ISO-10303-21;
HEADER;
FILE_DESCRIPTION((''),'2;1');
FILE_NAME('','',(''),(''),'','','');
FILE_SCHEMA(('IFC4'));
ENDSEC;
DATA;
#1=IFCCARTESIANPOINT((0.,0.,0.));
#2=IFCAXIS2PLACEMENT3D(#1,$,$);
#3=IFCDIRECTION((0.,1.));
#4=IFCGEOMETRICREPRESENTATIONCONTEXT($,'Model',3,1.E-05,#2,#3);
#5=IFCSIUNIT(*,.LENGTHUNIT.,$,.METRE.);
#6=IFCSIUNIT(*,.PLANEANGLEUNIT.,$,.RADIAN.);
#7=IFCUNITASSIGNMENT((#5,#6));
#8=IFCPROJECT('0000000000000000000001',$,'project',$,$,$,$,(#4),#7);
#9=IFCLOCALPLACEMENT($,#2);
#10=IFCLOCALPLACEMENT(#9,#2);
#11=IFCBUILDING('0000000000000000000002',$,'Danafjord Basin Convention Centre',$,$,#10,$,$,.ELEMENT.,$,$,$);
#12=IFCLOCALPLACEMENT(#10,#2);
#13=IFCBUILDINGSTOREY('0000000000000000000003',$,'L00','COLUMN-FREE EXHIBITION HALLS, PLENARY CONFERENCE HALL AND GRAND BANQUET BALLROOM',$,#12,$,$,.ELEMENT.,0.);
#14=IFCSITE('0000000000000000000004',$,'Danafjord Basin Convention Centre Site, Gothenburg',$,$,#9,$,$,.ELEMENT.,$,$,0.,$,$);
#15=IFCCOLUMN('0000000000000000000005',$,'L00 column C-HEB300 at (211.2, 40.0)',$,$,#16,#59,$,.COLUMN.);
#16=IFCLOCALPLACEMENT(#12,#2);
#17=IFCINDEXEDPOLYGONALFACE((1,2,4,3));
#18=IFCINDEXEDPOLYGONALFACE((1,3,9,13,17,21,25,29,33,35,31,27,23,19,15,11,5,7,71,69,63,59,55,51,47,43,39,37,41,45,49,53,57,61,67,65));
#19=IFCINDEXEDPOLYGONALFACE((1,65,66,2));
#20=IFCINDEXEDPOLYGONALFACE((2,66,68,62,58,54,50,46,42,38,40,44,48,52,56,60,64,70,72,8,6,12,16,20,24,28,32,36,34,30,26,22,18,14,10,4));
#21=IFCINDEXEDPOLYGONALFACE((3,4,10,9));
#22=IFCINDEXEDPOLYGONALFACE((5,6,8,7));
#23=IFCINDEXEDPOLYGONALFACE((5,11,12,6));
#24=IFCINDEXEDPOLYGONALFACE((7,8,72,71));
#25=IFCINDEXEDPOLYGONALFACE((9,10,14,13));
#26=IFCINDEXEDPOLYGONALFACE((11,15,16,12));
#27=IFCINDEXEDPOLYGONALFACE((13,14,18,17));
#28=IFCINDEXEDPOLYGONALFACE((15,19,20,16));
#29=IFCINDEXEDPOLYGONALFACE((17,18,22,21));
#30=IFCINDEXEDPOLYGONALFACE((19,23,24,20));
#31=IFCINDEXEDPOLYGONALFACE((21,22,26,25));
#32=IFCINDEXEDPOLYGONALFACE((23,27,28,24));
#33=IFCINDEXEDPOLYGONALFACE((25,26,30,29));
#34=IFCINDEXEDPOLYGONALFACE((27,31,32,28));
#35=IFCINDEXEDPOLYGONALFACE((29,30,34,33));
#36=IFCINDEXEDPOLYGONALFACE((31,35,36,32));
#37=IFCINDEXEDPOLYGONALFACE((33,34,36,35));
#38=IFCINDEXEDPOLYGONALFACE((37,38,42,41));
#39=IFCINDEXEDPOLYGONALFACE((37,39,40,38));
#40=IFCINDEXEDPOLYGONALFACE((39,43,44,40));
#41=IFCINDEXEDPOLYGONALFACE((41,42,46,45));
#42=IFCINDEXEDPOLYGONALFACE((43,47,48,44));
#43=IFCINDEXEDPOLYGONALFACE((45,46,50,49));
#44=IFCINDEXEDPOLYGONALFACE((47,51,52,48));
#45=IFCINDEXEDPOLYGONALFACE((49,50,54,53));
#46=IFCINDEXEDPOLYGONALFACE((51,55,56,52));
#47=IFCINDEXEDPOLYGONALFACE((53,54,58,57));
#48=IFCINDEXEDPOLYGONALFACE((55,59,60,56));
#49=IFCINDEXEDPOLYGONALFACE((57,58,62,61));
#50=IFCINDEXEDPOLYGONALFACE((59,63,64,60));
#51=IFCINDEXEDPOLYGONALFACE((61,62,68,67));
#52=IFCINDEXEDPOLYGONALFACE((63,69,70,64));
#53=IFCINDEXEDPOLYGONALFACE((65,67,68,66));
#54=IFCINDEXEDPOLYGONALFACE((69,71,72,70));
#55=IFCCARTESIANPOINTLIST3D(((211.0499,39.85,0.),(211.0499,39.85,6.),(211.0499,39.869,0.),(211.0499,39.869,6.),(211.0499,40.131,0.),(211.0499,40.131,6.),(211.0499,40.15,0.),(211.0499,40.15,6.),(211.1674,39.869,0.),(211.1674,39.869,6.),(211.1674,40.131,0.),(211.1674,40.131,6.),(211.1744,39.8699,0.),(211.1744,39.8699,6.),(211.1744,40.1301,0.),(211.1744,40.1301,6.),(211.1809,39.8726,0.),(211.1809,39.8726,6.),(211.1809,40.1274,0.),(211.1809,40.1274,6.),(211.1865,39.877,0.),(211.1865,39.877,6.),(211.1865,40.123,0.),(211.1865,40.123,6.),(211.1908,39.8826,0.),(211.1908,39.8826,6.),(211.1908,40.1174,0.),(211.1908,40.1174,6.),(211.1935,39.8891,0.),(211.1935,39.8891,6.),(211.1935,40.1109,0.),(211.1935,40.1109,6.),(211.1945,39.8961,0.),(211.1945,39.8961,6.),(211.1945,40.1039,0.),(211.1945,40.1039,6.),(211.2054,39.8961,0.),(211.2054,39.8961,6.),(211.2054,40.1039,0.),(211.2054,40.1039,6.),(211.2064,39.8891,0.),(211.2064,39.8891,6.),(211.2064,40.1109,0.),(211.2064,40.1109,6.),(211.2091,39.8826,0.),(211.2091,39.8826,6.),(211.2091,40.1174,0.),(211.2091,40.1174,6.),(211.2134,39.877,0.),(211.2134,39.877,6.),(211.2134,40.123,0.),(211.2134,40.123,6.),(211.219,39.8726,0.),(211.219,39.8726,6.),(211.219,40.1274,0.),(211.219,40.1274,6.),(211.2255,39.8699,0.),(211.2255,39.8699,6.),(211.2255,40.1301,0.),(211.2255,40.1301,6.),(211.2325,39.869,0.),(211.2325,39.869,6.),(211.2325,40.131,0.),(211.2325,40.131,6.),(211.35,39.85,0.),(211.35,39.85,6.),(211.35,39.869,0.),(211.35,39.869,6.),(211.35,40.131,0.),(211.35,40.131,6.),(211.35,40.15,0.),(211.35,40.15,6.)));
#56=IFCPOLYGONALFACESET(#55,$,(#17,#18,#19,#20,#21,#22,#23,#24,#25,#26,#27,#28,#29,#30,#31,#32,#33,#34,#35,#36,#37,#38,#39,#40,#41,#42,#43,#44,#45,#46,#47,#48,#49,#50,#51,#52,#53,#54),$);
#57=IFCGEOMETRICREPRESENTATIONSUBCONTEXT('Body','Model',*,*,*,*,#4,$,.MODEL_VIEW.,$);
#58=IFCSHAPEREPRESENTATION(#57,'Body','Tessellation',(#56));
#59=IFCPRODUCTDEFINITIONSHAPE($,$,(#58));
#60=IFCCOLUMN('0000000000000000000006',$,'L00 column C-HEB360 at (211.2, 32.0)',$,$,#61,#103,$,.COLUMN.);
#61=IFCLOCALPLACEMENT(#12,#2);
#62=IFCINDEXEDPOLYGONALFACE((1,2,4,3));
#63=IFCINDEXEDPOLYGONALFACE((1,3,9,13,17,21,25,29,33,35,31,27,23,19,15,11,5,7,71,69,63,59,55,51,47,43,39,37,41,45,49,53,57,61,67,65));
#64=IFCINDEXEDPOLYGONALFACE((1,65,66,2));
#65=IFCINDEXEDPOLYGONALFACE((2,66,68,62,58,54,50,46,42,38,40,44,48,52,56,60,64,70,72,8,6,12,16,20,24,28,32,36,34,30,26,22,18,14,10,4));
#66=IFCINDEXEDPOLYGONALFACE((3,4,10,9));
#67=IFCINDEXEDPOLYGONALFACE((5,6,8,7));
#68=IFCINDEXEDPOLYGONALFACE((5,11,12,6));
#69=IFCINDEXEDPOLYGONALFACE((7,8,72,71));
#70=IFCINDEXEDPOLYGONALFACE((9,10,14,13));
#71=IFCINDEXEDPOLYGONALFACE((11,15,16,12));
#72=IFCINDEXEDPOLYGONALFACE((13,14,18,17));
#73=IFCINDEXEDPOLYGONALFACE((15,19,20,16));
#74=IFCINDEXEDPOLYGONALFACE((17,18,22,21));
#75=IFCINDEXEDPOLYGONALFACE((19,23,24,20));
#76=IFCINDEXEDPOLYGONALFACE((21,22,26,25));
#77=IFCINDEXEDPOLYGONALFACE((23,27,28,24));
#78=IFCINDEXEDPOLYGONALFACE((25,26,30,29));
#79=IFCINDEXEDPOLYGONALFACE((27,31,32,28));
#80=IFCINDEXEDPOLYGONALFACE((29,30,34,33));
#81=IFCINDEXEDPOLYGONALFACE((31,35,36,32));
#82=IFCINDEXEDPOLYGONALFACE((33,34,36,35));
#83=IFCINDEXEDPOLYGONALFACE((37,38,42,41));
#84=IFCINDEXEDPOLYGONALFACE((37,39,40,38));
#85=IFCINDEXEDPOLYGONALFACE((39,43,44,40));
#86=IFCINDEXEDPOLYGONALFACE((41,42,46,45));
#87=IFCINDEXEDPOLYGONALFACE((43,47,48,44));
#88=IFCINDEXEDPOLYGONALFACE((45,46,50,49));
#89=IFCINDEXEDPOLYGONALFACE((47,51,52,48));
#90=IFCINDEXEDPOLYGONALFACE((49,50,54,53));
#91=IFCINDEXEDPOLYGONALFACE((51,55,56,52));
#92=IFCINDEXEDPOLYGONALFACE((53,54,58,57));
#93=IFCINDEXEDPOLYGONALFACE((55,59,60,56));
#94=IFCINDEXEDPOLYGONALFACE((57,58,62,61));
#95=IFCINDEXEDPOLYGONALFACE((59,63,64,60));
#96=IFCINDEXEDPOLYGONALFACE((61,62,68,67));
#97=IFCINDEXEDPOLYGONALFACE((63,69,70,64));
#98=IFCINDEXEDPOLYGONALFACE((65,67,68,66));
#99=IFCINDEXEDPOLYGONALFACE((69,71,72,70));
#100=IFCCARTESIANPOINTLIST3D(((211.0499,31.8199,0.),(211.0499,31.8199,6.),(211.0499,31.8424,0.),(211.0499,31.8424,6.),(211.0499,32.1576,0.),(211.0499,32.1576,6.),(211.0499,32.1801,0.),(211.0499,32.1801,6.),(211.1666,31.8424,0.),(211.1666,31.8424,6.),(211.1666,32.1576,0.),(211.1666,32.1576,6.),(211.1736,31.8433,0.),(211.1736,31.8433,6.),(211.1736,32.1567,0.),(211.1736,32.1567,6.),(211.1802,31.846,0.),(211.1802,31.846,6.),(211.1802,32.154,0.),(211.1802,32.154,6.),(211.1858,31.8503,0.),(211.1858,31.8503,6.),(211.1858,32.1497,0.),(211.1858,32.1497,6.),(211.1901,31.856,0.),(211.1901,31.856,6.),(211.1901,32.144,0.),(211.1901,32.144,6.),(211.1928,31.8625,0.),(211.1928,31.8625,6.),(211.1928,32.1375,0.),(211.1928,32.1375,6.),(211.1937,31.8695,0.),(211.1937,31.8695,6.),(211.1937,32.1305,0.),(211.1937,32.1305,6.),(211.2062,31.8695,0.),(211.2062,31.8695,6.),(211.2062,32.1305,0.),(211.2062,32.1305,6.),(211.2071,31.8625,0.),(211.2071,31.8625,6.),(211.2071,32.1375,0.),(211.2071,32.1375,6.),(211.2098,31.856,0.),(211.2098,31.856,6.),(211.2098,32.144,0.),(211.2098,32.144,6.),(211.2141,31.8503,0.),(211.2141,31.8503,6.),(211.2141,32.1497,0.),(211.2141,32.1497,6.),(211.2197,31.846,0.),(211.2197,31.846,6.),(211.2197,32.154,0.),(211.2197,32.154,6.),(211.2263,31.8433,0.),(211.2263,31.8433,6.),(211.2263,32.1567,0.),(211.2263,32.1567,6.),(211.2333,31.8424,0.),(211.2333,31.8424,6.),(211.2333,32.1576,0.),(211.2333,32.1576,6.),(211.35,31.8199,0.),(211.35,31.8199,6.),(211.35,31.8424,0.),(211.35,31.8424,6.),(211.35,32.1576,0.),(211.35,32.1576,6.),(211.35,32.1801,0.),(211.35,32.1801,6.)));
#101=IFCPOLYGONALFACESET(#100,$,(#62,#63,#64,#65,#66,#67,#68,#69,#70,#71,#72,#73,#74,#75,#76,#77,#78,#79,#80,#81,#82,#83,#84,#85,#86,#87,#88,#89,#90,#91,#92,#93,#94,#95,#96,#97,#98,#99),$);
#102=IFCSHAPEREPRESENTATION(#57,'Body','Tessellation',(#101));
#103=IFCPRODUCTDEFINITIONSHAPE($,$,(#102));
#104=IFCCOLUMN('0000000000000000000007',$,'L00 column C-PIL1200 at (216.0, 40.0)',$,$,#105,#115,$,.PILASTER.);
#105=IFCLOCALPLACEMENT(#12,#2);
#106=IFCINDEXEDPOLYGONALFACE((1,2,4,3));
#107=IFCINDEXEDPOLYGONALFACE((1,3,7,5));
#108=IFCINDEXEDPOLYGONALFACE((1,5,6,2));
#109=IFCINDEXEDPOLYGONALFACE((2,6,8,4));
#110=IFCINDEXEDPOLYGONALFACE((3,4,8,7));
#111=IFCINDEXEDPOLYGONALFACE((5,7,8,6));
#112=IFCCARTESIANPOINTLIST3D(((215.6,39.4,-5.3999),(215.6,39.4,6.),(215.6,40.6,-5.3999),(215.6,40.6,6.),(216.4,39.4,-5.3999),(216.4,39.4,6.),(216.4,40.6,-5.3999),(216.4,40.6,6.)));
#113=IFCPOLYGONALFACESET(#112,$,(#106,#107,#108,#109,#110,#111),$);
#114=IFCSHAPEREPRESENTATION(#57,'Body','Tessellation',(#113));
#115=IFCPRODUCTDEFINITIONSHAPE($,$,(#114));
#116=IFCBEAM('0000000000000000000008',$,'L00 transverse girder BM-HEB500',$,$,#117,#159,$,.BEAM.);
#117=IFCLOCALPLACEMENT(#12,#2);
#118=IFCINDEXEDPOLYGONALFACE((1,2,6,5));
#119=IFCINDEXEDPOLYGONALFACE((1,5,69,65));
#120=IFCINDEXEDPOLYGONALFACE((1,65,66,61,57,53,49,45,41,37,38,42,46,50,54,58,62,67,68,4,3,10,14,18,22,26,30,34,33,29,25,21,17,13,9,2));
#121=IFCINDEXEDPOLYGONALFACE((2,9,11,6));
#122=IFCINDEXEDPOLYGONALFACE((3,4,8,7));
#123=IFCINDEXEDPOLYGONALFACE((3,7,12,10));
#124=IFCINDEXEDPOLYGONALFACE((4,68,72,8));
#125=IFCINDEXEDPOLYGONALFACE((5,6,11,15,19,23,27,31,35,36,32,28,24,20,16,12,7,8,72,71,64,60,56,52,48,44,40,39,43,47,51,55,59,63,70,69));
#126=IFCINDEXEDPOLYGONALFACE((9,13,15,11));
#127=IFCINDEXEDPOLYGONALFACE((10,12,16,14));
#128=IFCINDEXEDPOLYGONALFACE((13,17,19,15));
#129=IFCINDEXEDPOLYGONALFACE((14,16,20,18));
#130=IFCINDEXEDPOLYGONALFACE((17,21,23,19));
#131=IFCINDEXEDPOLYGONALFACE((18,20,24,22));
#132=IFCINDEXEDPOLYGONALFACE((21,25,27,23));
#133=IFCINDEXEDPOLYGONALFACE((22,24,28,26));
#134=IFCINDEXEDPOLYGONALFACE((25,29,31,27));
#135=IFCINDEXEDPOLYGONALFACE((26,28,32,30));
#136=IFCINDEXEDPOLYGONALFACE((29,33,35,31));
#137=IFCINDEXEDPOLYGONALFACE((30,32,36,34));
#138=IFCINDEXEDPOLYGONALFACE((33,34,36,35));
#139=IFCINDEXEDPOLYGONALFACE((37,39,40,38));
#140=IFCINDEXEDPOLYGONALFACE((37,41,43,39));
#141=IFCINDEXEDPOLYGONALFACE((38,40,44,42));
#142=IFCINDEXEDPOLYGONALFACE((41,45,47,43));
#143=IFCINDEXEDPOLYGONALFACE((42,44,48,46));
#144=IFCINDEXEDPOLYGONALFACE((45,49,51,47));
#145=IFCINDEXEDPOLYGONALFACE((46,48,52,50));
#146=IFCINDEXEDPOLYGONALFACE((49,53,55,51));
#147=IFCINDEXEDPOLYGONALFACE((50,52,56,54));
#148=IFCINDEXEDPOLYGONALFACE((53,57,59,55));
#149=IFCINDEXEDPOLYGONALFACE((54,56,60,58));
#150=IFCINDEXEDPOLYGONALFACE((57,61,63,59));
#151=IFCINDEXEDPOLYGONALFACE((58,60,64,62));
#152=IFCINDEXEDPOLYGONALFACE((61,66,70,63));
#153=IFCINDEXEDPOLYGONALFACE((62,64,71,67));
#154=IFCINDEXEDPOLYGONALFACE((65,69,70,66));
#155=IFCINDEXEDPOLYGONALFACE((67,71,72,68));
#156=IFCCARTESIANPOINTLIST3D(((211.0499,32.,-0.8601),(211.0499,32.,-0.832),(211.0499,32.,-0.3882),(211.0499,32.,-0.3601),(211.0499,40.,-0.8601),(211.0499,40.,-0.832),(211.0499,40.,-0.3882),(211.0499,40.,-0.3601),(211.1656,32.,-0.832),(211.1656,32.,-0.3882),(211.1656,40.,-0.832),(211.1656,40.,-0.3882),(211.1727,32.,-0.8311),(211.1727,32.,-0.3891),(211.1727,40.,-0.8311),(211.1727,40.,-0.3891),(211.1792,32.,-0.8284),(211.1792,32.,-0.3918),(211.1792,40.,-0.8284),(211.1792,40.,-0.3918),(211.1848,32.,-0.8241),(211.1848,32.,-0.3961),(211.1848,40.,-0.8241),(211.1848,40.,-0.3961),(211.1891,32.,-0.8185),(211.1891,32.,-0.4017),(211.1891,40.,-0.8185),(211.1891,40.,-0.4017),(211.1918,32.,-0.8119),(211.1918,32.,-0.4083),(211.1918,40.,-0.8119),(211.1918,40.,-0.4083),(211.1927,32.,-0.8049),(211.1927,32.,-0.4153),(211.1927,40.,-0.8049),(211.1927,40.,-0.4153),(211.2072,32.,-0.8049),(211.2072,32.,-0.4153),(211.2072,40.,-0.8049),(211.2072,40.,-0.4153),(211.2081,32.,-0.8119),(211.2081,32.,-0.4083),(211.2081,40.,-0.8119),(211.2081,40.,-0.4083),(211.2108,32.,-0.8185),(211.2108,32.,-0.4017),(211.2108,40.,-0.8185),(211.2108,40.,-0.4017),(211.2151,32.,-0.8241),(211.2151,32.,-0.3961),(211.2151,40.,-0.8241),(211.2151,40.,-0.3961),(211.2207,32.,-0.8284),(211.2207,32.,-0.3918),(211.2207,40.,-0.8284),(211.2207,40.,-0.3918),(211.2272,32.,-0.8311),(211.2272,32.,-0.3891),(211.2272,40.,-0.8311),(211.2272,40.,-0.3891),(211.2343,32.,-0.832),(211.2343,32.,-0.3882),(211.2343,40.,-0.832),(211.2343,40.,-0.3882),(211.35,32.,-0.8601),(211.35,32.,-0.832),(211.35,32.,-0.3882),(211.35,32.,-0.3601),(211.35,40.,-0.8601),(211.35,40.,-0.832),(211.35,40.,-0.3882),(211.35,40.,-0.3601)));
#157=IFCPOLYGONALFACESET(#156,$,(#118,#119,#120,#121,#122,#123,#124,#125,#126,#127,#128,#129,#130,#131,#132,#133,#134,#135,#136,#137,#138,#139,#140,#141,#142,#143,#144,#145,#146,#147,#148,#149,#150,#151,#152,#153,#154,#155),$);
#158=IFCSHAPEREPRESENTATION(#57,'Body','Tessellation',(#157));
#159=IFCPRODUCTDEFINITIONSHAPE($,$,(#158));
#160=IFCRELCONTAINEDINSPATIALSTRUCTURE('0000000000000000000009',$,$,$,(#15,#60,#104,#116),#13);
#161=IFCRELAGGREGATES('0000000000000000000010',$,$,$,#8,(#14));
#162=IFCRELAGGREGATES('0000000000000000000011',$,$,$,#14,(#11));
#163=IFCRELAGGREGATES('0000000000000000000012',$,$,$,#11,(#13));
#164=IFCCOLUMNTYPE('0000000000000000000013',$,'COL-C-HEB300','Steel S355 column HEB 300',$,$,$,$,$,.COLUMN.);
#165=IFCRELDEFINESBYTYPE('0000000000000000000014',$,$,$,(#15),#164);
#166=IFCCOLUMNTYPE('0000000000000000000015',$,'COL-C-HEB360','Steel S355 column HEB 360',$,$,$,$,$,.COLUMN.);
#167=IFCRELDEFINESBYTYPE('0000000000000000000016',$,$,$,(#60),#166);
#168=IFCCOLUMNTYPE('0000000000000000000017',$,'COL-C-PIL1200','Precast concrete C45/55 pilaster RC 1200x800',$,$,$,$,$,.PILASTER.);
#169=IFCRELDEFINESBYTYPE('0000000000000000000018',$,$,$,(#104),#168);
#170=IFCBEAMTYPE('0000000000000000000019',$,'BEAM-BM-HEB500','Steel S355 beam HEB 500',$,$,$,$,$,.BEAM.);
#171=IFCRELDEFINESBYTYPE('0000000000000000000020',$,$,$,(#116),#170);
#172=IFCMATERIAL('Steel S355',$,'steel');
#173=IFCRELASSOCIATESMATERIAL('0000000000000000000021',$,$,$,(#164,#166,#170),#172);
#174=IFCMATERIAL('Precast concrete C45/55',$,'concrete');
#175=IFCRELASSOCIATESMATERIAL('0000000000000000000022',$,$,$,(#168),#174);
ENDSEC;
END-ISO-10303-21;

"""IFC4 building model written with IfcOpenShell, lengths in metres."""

from ifc_helpers import new_model, si_unit, direction, frame, origin, origin_2d, place, context, subcontext, project, spatial, rectangle, i_section, extrude, material, material_profile, profile_set, type_object, element, save


model = new_model("IFC4")

# Units and contexts
model_context = context("Model", 3, precision=1e-05, world=origin(), true_north=direction((0.0, 1.0)))
body_context = subcontext(model_context, "Body", "Model", "MODEL_VIEW")
ifc_project = project(units=[si_unit("LENGTHUNIT", "METRE"), si_unit("PLANEANGLEUNIT", "RADIAN")], contexts=[model_context])

# Site, building, storey
site_placement = place(None, origin())
site = spatial("IfcSite", under=ifc_project, at=site_placement, Name="Danafjord Basin Convention Centre Site, Gothenburg", CompositionType="ELEMENT", RefElevation=0.0)
building_placement = place(site_placement, origin())
building = spatial("IfcBuilding", under=site, at=building_placement, Name="Danafjord Basin Convention Centre", CompositionType="ELEMENT")
storey_placement = place(building_placement, origin())
storey = spatial("IfcBuildingStorey", under=building, at=storey_placement, Name="L00", Description="COLUMN-FREE EXHIBITION HALLS, PLENARY CONFERENCE HALL AND GRAND BANQUET BALLROOM", CompositionType="ELEMENT", Elevation=0.0)

# Columns
ifc_material_1 = material(Name="Steel S355", Category="steel")
ifc_material_profile_1 = material_profile(ifc_material_1, i_section(OverallWidth=0.3, OverallDepth=0.3, WebThickness=0.011, FlangeThickness=0.019, FilletRadius=0.0271, at=origin_2d()), Name="HEB 300")
ifc_profile_set_1 = profile_set([ifc_material_profile_1], Name="Steel S355")
column_type_1 = type_object("IfcColumnType", Name="COL-C-HEB300", Description="Steel S355 column HEB 300", PredefinedType="COLUMN", material=ifc_profile_set_1)
column_1_placement = place(storey_placement, frame((211.2, 40.0, 0.0), z_axis=(0.0, 0.0, 1.0), x_axis=(1.0, 0.0, 0.0)))
element("IfcColumn", 1, at=column_1_placement, inside=storey, type_object=column_type_1, Name="L00 column C-HEB300 at (211.2, 40.0)", PredefinedType="COLUMN", context=body_context, shape_type="SweptSolid", body=[
    extrude(i_section(OverallWidth=0.3, OverallDepth=0.3, WebThickness=0.011, FlangeThickness=0.019, FilletRadius=0.0271, at=origin_2d()), origin(), (0.0, 0.0, 1.0), 6.0),
])
ifc_material_profile_2 = material_profile(ifc_material_1, i_section(OverallWidth=0.3, OverallDepth=0.3601, WebThickness=0.0125, FlangeThickness=0.0225, FilletRadius=0.0271, at=origin_2d()), Name="HEB 360")
ifc_profile_set_2 = profile_set([ifc_material_profile_2], Name="Steel S355")
column_type_2 = type_object("IfcColumnType", Name="COL-C-HEB360", Description="Steel S355 column HEB 360", PredefinedType="COLUMN", material=ifc_profile_set_2)
column_2_placement = place(storey_placement, frame((211.2, 32.0, 0.0), z_axis=(0.0, 0.0, 1.0), x_axis=(1.0, 0.0, 0.0)))
element("IfcColumn", 2, at=column_2_placement, inside=storey, type_object=column_type_2, Name="L00 column C-HEB360 at (211.2, 32.0)", PredefinedType="COLUMN", context=body_context, shape_type="SweptSolid", body=[
    extrude(i_section(OverallWidth=0.3, OverallDepth=0.3601, WebThickness=0.0125, FlangeThickness=0.0225, FilletRadius=0.0271, at=origin_2d()), origin(), (0.0, 0.0, 1.0), 6.0),
])
ifc_material_2 = material(Name="Precast concrete C45/55", Category="concrete")
ifc_material_profile_3 = material_profile(ifc_material_2, rectangle(XDim=0.8, YDim=1.2, at=origin_2d()), Name="RC 1200x800")
ifc_profile_set_3 = profile_set([ifc_material_profile_3], Name="Precast concrete C45/55")
column_type_3 = type_object("IfcColumnType", Name="COL-C-PIL1200", Description="Precast concrete C45/55 pilaster RC 1200x800", PredefinedType="PILASTER", material=ifc_profile_set_3)
column_3_placement = place(storey_placement, frame((216.0, 40.0, -5.3999), z_axis=(0.0, 0.0, 1.0), x_axis=(1.0, 0.0, 0.0)))
element("IfcColumn", 3, at=column_3_placement, inside=storey, type_object=column_type_3, Name="L00 column C-PIL1200 at (216.0, 40.0)", PredefinedType="PILASTER", context=body_context, shape_type="SweptSolid", body=[
    extrude(rectangle(XDim=0.8, YDim=1.2, at=origin_2d()), origin(), (0.0, 0.0, 1.0), 11.3999),
])

# Beam
ifc_material_profile_4 = material_profile(ifc_material_1, i_section(OverallWidth=0.3, OverallDepth=0.5, WebThickness=0.0144, FlangeThickness=0.0281, FilletRadius=0.0271, at=origin_2d()), Name="HEB 500")
ifc_profile_set_4 = profile_set([ifc_material_profile_4], Name="Steel S355")
beam_type_1 = type_object("IfcBeamType", Name="BEAM-BM-HEB500", Description="Steel S355 beam HEB 500", PredefinedType="BEAM", material=ifc_profile_set_4)
beam_1_placement = place(storey_placement, frame((211.2, 32.0, -0.6101), z_axis=(0.0, 1.0, 0.0), x_axis=(-1.0, 0.0, 0.0)))
element("IfcBeam", 4, at=beam_1_placement, inside=storey, type_object=beam_type_1, Name="L00 transverse girder BM-HEB500", PredefinedType="BEAM", context=body_context, shape_type="SweptSolid", body=[
    extrude(i_section(OverallWidth=0.3, OverallDepth=0.5, WebThickness=0.0144, FlangeThickness=0.0281, FilletRadius=0.0271, at=origin_2d()), origin(), (0.0, 0.0, 1.0), 8.0),
])

save(model, "model.ifc")
